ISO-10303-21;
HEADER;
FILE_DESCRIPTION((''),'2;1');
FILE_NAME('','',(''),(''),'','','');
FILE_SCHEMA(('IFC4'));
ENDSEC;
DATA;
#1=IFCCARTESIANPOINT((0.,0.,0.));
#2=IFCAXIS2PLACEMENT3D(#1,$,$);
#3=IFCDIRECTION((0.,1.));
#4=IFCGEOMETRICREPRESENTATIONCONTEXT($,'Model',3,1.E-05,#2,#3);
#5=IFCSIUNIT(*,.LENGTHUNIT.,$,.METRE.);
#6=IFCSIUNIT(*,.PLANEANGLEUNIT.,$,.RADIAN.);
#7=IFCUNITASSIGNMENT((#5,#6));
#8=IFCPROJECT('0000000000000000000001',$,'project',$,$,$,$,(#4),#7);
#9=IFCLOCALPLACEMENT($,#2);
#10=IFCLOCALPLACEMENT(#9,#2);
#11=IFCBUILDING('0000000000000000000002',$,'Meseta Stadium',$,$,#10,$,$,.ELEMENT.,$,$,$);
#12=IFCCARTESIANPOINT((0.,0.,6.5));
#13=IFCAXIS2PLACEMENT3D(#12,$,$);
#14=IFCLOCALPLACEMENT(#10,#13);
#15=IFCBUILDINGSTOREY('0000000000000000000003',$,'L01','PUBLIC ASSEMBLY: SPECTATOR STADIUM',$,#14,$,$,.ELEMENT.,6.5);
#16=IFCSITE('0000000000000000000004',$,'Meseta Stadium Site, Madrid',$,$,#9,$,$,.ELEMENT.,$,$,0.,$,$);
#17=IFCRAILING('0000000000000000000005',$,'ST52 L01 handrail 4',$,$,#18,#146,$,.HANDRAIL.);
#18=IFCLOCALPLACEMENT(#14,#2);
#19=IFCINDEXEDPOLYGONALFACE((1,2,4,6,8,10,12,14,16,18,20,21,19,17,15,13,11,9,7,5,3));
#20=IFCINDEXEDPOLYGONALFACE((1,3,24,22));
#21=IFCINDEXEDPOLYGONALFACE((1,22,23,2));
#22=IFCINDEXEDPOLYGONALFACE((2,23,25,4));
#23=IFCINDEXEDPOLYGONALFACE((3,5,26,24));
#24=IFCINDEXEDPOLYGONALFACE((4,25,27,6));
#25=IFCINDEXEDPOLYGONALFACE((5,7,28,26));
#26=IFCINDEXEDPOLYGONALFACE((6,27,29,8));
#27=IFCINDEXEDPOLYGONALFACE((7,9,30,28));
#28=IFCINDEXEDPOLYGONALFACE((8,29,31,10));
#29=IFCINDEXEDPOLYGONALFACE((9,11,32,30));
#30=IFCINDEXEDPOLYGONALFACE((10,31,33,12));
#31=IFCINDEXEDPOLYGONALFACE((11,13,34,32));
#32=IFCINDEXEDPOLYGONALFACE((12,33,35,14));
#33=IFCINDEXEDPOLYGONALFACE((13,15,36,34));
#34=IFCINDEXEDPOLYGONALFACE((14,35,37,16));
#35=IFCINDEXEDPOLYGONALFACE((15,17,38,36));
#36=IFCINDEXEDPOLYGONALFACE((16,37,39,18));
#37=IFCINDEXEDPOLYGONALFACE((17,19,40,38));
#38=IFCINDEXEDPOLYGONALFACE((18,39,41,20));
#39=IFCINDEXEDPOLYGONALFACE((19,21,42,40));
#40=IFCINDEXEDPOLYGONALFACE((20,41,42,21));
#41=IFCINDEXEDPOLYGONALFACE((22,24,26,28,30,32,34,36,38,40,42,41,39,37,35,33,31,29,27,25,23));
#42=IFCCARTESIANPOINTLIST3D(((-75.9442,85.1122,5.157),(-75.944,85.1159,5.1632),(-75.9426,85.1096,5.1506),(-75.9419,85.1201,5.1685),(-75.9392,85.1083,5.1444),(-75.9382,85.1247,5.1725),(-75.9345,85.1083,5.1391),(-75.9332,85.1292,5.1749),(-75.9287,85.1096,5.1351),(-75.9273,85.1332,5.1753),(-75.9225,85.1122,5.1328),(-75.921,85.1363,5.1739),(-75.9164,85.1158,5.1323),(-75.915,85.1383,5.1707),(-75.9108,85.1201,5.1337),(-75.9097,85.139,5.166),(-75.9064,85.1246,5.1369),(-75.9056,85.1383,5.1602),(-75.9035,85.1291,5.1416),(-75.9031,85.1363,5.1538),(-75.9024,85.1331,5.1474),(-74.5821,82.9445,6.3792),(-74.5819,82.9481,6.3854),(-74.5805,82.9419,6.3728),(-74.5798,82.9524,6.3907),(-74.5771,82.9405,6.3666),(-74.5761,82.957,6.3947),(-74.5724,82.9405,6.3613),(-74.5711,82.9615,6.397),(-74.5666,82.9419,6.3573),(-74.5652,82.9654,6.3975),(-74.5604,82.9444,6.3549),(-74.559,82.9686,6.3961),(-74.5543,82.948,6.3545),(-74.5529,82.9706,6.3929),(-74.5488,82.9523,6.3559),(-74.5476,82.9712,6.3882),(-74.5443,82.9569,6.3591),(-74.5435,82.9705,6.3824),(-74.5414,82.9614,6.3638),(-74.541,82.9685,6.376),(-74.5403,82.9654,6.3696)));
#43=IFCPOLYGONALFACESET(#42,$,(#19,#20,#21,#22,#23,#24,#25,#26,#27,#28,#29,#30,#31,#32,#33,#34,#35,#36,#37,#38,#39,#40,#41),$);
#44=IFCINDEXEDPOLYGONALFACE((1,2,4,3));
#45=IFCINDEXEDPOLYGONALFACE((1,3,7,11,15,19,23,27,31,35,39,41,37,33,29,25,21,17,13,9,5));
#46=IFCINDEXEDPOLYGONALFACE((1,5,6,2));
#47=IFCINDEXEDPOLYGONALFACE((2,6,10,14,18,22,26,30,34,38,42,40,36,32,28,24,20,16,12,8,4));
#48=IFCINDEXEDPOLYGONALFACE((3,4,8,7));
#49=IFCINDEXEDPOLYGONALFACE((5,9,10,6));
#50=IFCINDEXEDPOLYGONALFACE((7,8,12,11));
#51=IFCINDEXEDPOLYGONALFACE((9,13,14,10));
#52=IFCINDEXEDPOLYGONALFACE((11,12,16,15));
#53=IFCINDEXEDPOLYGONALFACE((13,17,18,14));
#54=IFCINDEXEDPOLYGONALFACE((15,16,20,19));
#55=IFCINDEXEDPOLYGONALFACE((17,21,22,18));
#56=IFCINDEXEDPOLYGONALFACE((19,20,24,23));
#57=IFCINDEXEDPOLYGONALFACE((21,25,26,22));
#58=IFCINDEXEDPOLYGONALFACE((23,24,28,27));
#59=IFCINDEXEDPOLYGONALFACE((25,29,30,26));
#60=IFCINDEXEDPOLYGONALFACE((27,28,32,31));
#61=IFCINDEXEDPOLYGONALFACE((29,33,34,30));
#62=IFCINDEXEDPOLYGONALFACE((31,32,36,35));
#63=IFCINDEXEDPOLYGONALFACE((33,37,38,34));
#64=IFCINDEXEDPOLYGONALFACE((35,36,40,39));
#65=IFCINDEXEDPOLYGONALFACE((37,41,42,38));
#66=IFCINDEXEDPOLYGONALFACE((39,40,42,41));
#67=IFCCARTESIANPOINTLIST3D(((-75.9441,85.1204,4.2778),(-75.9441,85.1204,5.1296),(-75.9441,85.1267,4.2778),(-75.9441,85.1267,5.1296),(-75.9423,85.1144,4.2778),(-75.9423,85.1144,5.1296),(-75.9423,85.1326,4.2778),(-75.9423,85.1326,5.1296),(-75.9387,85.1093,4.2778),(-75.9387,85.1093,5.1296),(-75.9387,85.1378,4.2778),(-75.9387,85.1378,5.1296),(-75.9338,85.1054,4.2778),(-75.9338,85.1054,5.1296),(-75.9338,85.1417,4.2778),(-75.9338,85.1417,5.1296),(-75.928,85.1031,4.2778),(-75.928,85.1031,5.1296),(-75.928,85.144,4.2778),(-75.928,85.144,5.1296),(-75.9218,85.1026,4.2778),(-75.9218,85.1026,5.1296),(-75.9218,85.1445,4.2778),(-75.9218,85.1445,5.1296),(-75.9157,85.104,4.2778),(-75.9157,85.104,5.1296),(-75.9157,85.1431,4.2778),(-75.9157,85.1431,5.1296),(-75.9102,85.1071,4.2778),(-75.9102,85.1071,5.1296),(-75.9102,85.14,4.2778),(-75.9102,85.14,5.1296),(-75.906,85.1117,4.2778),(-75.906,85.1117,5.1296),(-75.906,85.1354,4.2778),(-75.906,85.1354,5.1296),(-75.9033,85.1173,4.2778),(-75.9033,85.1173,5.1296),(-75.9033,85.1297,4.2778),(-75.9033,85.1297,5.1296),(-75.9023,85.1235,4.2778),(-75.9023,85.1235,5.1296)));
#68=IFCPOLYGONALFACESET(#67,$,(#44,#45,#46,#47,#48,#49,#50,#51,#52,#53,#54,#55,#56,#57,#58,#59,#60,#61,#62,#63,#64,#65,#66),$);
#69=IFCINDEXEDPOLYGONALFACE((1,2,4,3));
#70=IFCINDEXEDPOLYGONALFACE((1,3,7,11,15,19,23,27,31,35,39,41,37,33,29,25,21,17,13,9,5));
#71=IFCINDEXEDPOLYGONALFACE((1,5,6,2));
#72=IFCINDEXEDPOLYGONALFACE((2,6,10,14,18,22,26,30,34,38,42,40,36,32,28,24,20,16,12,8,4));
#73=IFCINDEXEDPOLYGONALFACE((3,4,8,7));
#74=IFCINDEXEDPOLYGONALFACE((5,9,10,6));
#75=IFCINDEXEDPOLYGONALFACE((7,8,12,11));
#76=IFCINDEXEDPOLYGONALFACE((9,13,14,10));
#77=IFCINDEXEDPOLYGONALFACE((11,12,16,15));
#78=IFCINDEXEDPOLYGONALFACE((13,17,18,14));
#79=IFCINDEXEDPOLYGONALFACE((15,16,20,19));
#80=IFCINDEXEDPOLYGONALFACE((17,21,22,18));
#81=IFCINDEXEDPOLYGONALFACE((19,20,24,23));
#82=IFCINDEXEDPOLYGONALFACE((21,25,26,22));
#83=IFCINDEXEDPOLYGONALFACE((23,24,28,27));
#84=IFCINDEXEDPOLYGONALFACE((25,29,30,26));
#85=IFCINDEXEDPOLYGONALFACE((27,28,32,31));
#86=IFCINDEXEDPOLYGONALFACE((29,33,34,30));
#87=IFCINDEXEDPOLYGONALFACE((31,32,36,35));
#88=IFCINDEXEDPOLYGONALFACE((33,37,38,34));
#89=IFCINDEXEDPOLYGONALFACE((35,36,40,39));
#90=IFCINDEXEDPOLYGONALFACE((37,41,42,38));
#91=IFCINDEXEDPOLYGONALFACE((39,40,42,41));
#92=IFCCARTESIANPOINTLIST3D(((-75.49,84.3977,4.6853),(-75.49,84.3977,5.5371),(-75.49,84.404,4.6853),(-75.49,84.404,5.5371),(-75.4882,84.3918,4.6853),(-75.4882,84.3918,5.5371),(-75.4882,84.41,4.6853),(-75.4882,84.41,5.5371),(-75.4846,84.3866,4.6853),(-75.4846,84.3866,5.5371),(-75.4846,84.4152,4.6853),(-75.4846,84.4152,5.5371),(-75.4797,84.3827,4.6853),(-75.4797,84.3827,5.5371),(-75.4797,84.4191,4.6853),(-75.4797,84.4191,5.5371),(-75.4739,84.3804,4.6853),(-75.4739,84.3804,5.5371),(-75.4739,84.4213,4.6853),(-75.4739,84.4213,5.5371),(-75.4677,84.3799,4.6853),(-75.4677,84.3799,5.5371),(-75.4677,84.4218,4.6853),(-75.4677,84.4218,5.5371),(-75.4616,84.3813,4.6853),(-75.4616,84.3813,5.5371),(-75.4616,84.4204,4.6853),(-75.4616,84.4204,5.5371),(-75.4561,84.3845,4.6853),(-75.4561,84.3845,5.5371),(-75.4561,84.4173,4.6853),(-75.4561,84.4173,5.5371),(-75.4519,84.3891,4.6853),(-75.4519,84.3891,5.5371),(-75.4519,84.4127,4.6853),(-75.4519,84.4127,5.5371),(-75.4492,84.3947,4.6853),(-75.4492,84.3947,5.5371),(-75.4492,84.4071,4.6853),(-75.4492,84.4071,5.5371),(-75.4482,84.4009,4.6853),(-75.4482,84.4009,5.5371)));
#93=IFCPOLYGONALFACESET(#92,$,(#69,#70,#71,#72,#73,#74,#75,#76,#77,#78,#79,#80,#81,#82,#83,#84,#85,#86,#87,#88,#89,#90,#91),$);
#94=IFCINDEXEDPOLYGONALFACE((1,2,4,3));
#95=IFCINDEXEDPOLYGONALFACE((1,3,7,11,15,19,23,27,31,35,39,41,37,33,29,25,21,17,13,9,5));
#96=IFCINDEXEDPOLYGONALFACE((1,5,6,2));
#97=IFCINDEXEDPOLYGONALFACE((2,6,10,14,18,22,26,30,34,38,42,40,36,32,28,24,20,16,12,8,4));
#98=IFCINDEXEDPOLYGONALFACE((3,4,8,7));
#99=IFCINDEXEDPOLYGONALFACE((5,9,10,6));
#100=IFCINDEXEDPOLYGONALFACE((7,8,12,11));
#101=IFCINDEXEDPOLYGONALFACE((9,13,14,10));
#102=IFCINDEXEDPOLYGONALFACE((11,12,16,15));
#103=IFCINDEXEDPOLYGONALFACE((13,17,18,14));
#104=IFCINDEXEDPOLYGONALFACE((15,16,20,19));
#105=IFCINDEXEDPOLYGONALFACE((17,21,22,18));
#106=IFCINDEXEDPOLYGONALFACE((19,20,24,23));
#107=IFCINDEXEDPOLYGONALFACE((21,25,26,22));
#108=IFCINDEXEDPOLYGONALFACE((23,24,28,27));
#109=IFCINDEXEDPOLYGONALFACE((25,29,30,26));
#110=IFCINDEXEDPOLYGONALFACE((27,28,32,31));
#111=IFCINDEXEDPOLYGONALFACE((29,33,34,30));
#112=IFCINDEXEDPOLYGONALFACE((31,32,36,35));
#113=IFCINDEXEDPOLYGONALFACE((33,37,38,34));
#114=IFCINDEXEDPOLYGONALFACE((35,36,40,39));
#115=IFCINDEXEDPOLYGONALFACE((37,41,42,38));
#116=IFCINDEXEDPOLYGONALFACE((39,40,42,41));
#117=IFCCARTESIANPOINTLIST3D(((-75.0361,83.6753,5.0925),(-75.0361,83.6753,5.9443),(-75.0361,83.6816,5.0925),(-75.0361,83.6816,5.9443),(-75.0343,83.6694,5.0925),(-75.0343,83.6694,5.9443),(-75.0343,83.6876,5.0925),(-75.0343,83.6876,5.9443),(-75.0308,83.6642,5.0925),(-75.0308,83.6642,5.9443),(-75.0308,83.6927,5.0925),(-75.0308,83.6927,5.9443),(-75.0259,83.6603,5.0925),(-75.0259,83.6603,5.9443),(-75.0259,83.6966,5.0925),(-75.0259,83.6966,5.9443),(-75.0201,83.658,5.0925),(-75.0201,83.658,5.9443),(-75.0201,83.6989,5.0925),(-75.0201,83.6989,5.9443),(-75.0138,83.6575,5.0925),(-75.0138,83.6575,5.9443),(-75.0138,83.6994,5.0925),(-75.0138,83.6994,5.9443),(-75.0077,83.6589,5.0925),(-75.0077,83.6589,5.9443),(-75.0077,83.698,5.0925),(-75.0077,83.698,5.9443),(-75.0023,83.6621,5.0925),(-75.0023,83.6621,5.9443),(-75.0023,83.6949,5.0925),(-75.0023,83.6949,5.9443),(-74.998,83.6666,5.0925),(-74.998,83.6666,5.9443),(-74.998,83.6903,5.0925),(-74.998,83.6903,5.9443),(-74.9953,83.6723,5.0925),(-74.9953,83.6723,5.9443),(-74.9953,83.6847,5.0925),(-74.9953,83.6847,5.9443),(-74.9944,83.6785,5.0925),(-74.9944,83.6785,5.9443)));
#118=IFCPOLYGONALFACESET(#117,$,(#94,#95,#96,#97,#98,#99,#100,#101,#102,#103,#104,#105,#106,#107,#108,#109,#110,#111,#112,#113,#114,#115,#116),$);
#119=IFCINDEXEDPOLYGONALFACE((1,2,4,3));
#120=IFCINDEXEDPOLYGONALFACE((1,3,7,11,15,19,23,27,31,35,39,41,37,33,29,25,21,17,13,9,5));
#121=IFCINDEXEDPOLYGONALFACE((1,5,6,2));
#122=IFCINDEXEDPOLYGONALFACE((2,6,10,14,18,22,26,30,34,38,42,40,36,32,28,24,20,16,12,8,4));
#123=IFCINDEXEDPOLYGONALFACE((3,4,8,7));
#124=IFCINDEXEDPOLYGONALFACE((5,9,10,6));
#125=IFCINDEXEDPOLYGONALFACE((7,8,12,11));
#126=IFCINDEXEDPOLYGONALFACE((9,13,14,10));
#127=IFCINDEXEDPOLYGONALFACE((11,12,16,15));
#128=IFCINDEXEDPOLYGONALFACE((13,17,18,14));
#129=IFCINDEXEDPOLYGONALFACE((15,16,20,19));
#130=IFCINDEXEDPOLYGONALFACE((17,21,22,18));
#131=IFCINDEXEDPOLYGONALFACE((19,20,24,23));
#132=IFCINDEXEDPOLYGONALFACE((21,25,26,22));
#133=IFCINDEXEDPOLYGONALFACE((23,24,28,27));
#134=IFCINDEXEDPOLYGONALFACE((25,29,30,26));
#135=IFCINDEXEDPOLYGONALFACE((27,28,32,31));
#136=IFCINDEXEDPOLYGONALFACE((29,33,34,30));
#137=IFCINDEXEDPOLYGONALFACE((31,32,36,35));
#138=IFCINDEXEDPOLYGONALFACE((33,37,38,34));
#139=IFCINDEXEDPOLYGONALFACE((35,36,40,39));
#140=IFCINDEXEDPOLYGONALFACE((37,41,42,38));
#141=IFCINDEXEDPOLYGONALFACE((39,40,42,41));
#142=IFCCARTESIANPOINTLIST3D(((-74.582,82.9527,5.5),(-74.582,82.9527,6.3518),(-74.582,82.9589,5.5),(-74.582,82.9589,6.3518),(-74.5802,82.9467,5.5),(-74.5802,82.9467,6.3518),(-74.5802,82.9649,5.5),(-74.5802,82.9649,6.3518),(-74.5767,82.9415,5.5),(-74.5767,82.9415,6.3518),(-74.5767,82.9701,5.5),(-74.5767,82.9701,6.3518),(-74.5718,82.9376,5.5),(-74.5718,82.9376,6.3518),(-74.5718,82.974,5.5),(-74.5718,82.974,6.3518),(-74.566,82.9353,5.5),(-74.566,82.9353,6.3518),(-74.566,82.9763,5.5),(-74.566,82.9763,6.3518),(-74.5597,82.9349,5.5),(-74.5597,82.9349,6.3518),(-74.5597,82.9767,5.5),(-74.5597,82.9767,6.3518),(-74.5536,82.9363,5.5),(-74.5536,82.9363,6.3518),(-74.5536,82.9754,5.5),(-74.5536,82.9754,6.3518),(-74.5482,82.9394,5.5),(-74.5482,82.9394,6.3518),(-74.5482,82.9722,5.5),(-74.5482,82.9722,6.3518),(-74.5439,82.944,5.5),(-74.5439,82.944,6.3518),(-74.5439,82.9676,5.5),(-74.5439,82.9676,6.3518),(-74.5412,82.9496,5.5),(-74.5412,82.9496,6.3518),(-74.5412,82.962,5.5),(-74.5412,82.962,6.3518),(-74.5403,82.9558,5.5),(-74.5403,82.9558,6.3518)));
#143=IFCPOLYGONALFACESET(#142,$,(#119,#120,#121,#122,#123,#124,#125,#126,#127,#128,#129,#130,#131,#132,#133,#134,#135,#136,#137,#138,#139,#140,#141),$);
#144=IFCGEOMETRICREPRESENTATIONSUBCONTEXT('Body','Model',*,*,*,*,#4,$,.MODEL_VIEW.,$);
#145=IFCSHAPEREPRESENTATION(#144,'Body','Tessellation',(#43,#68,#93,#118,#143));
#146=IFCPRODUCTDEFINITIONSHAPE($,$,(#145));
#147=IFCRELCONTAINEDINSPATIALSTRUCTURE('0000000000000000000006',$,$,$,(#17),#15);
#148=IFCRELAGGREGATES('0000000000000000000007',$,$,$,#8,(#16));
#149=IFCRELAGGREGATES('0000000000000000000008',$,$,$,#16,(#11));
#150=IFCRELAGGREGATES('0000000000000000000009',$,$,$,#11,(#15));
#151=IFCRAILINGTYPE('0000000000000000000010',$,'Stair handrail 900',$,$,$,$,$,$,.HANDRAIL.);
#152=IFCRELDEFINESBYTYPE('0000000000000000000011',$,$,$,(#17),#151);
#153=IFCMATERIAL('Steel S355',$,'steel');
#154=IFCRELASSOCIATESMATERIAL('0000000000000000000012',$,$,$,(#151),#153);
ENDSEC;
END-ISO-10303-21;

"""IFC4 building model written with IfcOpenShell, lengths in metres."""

from ifc_helpers import new_model, si_unit, direction, frame, origin, origin_2d, place, context, subcontext, project, spatial, circle, extrude, material, type_object, element, save


model = new_model("IFC4")

# Units and contexts
model_context = context("Model", 3, precision=1e-05, world=origin(), true_north=direction((0.0, 1.0)))
body_context = subcontext(model_context, "Body", "Model", "MODEL_VIEW")
ifc_project = project(units=[si_unit("LENGTHUNIT", "METRE"), si_unit("PLANEANGLEUNIT", "RADIAN")], contexts=[model_context])

# Site, building, storey
site_placement = place(None, origin())
site = spatial("IfcSite", under=ifc_project, at=site_placement, Name="Meseta Stadium Site, Madrid", CompositionType="ELEMENT", RefElevation=0.0)
building_placement = place(site_placement, origin())
building = spatial("IfcBuilding", under=site, at=building_placement, Name="Meseta Stadium", CompositionType="ELEMENT")
storey_placement = place(building_placement, frame((0.0, 0.0, 6.5)))
storey = spatial("IfcBuildingStorey", under=building, at=storey_placement, Name="L01", Description="PUBLIC ASSEMBLY: SPECTATOR STADIUM", CompositionType="ELEMENT", Elevation=6.5)

# Railing
ifc_material_1 = material(Name="Steel S355", Category="steel")
railing_type = type_object("IfcRailingType", Name="Stair handrail 900", PredefinedType="HANDRAIL", material=ifc_material_1)
for number, where, name in (
    (1, (-75.9233, 85.1235, 4.2778), "ST52 L01 handrail 4"),
):
    element("IfcRailing", number, at=place(storey_placement, frame(where)), inside=storey, type_object=railing_type, Name=name, PredefinedType="HANDRAIL", context=body_context, shape_type="SweptSolid", body=[
        extrude(circle(Radius=0.0239, at=origin_2d()), frame((0.0, 0.0, 0.876), z_axis=(0.480125, -0.764121, 0.430813), x_axis=(0.846726, 0.532029, 0.0)), (0.0, 0.0, 1.0), 2.8369),
        extrude(circle(Radius=0.021, at=origin_2d()), origin(), (0.0, 0.0, 1.0), 0.8518),
        extrude(circle(Radius=0.021, at=origin_2d()), frame((0.4541, -0.7227, 0.4075)), (0.0, 0.0, 1.0), 0.8518),
        extrude(circle(Radius=0.021, at=origin_2d()), frame((0.908, -1.4451, 0.8147)), (0.0, 0.0, 1.0), 0.8518),
        extrude(circle(Radius=0.021, at=origin_2d()), frame((1.3621, -2.1677, 1.2222)), (0.0, 0.0, 1.0), 0.8518),
    ])

save(model, "model.ifc")
